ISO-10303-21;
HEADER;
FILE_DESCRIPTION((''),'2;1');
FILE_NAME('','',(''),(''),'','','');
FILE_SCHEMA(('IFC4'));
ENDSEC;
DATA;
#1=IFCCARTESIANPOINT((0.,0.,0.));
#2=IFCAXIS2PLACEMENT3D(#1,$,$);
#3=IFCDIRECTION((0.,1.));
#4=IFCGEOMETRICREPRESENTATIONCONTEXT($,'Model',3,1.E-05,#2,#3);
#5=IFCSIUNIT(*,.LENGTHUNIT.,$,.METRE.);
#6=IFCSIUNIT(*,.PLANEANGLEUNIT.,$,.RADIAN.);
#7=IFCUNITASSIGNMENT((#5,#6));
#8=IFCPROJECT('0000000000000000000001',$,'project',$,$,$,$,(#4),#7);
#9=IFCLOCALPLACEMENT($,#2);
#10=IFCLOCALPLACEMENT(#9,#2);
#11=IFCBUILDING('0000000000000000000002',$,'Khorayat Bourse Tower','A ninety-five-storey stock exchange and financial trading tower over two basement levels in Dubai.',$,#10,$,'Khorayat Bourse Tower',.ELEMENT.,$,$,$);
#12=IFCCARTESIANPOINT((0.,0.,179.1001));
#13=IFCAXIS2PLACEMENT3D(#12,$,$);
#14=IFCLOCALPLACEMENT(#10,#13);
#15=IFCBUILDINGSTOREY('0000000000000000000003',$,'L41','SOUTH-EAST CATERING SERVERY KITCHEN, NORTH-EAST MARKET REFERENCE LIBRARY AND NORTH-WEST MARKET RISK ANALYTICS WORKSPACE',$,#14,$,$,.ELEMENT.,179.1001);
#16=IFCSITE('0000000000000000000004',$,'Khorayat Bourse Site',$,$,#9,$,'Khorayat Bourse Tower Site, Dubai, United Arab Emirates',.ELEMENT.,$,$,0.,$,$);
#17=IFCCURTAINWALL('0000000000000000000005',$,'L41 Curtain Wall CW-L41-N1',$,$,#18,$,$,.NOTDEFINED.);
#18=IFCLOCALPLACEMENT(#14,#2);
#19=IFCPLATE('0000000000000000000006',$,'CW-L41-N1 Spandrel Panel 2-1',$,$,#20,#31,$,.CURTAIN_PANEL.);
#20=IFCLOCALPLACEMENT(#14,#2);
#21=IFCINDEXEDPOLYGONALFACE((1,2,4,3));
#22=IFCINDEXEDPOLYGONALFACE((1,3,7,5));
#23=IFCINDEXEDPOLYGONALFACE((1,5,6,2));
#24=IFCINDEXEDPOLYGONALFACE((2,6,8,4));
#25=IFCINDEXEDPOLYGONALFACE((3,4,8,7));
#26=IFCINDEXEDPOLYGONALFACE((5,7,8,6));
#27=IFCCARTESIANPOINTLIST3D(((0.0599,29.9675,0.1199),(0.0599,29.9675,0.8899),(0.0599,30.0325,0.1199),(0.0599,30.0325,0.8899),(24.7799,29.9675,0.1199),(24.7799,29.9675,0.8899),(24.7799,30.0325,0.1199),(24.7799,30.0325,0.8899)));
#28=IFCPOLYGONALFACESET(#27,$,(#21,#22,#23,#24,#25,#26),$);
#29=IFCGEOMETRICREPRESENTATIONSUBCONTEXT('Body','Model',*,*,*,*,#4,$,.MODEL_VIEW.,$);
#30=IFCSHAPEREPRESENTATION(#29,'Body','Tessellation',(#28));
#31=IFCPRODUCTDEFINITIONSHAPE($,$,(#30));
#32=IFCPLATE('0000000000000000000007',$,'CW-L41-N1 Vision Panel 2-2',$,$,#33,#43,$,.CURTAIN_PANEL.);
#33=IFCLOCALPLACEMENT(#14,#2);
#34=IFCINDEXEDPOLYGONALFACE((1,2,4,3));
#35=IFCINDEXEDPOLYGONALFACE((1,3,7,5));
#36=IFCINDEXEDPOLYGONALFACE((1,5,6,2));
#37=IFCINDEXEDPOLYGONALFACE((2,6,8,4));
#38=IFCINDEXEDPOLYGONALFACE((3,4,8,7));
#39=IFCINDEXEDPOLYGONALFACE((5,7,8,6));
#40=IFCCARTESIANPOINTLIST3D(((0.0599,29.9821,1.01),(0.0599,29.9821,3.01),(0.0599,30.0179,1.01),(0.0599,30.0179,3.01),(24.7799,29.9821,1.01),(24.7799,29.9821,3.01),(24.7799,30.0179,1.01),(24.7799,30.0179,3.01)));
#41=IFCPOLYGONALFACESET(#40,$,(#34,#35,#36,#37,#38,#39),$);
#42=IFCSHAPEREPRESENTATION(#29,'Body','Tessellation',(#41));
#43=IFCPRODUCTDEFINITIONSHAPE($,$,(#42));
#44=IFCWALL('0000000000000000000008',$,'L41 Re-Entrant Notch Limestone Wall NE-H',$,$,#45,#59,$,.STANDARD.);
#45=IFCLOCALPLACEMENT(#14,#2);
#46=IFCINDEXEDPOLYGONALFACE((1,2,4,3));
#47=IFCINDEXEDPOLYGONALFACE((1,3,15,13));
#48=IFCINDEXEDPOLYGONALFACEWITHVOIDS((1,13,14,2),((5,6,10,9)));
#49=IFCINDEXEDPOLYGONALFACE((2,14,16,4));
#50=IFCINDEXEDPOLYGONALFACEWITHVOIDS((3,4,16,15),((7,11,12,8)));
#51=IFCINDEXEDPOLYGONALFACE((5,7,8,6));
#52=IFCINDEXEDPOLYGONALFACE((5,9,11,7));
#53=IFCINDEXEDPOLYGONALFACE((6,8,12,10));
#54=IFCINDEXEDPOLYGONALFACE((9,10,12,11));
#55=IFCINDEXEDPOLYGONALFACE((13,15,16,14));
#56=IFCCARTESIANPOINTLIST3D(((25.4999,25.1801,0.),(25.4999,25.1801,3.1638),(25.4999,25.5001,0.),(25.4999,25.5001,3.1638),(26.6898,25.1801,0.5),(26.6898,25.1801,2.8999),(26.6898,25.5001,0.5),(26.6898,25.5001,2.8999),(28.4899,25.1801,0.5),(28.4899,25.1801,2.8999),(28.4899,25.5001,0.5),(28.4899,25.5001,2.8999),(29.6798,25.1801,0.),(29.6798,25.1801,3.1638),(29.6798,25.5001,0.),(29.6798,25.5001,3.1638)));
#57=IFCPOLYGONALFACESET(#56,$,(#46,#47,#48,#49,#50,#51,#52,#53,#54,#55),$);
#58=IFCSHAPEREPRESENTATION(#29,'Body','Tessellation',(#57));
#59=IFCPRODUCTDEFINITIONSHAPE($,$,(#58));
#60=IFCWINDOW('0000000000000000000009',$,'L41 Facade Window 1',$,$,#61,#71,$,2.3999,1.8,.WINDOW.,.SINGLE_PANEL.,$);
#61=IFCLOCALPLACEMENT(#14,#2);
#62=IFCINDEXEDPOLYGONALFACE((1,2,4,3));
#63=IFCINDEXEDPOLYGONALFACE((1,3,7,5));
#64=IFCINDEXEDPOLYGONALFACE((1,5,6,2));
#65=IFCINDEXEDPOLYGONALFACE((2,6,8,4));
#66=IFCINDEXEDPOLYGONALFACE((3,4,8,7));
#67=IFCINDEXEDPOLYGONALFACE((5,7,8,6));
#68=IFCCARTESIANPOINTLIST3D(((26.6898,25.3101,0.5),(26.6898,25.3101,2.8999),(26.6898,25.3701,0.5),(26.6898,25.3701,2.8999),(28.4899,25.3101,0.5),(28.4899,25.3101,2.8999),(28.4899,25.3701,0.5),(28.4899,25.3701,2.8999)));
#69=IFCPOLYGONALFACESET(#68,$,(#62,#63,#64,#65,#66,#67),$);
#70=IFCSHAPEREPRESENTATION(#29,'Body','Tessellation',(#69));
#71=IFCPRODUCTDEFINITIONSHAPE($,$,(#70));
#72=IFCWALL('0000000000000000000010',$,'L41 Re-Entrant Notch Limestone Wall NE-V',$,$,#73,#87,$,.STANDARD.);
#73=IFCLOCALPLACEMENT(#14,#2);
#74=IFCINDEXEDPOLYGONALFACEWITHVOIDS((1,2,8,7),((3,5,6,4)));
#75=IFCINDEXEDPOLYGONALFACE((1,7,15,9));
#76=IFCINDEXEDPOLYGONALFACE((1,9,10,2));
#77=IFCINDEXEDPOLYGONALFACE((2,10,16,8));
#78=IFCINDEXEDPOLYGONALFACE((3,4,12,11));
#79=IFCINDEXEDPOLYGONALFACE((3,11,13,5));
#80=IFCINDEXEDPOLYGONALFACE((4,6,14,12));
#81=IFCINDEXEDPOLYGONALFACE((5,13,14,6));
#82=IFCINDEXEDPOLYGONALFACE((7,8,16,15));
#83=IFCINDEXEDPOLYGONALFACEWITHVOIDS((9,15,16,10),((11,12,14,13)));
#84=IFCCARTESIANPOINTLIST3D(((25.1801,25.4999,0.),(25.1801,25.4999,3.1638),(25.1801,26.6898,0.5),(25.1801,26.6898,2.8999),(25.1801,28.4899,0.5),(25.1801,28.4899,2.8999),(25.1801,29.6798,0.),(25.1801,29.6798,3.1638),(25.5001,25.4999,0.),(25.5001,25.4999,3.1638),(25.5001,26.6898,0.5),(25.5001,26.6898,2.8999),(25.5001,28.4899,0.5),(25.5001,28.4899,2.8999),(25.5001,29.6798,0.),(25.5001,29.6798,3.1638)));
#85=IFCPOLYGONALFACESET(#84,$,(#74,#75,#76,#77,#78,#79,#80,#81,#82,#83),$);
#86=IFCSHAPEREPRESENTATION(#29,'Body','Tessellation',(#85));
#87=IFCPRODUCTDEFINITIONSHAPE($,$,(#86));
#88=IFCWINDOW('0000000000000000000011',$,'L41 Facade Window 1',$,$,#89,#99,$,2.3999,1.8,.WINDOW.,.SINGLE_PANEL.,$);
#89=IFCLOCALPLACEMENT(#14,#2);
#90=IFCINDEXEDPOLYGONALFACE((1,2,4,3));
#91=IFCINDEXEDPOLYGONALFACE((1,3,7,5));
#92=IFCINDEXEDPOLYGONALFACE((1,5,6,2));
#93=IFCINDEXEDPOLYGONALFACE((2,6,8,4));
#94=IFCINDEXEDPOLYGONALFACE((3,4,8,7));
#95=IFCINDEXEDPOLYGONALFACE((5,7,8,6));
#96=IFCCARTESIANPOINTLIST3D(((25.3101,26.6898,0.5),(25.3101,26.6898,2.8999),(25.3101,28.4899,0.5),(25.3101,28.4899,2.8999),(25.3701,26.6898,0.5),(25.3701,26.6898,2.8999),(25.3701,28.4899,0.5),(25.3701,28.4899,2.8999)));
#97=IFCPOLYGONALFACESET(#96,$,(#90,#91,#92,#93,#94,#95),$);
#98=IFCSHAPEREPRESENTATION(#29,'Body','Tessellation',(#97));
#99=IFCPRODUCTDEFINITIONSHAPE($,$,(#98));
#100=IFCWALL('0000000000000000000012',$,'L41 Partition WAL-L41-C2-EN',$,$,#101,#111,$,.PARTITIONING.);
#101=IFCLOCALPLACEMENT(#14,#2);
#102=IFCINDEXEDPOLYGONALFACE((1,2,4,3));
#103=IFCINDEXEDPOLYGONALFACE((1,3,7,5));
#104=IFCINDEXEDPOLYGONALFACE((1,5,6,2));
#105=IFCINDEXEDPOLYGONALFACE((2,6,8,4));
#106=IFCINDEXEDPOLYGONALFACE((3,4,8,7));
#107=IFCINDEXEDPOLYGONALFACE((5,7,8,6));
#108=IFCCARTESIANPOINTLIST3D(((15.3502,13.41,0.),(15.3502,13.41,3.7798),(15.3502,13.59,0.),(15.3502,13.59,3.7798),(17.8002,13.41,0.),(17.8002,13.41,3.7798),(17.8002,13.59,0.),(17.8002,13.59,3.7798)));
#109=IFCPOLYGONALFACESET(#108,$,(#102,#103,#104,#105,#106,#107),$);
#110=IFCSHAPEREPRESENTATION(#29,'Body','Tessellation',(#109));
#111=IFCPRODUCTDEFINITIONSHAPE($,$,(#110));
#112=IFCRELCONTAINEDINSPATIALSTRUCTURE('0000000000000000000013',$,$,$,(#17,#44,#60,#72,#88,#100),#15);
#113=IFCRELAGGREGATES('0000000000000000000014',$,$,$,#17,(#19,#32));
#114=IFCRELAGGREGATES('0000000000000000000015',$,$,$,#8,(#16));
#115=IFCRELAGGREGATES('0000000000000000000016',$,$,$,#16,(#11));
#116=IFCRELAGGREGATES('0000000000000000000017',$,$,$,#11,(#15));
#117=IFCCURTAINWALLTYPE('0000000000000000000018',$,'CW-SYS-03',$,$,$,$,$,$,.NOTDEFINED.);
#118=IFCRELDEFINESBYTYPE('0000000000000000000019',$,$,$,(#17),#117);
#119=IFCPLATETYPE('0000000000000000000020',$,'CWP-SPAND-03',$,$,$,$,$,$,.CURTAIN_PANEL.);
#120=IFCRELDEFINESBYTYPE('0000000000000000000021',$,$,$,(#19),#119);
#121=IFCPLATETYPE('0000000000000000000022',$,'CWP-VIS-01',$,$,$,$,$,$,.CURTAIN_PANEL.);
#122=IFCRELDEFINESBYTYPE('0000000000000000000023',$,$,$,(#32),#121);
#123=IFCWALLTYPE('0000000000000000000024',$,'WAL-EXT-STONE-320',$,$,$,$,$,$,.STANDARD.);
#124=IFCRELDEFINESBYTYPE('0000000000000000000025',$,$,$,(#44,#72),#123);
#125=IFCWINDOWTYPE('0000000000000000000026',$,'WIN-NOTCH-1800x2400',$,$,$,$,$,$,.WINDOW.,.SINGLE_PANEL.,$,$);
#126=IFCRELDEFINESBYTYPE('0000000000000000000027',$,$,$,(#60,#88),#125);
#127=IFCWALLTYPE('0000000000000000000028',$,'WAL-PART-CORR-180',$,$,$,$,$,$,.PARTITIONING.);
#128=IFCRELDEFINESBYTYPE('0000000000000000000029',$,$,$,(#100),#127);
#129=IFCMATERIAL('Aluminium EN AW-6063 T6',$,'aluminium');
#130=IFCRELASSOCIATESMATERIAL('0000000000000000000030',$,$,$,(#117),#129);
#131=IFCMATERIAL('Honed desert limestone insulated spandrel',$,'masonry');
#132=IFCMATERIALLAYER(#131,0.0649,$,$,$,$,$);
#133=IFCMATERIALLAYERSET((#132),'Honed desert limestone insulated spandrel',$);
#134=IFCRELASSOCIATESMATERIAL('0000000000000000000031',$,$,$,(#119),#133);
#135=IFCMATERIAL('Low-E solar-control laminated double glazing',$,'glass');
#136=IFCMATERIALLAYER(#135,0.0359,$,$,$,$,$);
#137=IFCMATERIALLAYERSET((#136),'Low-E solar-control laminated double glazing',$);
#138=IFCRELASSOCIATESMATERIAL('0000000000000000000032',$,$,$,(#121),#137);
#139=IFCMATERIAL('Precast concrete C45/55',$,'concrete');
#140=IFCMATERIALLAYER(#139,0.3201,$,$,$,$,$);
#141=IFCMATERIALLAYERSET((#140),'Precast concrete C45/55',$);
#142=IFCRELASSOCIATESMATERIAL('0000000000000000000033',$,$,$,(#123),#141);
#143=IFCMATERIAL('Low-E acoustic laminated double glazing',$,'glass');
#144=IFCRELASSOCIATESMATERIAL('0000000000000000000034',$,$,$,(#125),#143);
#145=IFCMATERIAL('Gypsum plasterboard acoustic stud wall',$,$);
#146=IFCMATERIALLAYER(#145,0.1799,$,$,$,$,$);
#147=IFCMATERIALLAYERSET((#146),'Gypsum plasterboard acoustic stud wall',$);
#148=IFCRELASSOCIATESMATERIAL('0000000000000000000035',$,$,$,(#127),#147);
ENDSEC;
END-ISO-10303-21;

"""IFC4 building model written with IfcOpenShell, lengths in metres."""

from ifc_helpers import new_model, si_unit, direction, frame, frame_2d, origin, origin_2d, place, context, subcontext, project, spatial, rectangle, extrude, source, transform, mapped, material, layer, layer_set, type_object, element, fill, aggregate, save


model = new_model("IFC4")

# Units and contexts
model_context = context("Model", 3, precision=1e-05, world=origin(), true_north=direction((0.0, 1.0)))
body_context = subcontext(model_context, "Body", "Model", "MODEL_VIEW")
ifc_project = project(units=[si_unit("LENGTHUNIT", "METRE"), si_unit("PLANEANGLEUNIT", "RADIAN")], contexts=[model_context])

# Site, building, storey
site_placement = place(None, origin())
site = spatial("IfcSite", under=ifc_project, at=site_placement, Name="Khorayat Bourse Site", LongName="Khorayat Bourse Tower Site, Dubai, United Arab Emirates", CompositionType="ELEMENT", RefElevation=0.0)
building_placement = place(site_placement, origin())
building = spatial("IfcBuilding", under=site, at=building_placement, Name="Khorayat Bourse Tower", Description="A ninety-five-storey stock exchange and financial trading tower over two basement levels in Dubai.", LongName="Khorayat Bourse Tower", CompositionType="ELEMENT")
storey_placement = place(building_placement, frame((0.0, 0.0, 179.1001)))
storey = spatial("IfcBuildingStorey", under=building, at=storey_placement, Name="L41", Description="SOUTH-EAST CATERING SERVERY KITCHEN, NORTH-EAST MARKET REFERENCE LIBRARY AND NORTH-WEST MARKET RISK ANALYTICS WORKSPACE", CompositionType="ELEMENT", Elevation=179.1001)

# Curtain wall
ifc_material_1 = material(Name="Aluminium EN AW-6063 T6", Category="aluminium")
curtain_wall_type = type_object("IfcCurtainWallType", Name="CW-SYS-03", PredefinedType="NOTDEFINED", material=ifc_material_1)
curtain_wall_1_placement = place(storey_placement, origin())
curtain_wall_1 = element("IfcCurtainWall", 1, at=curtain_wall_1_placement, inside=storey, type_object=curtain_wall_type, Name="L41 Curtain Wall CW-L41-N1", PredefinedType="NOTDEFINED")

# Plates
ifc_material_2 = material(Name="Honed desert limestone insulated spandrel", Category="masonry")
ifc_layer_1 = layer(ifc_material_2, 0.0649)
ifc_layer_set_1 = layer_set([ifc_layer_1], Name="Honed desert limestone insulated spandrel")
plate_type_1 = type_object("IfcPlateType", Name="CWP-SPAND-03", PredefinedType="CURTAIN_PANEL", material=ifc_layer_set_1)
shared_shape_1 = source(origin(), body_context, "Body", "SweptSolid", [
    extrude(rectangle(XDim=24.72, YDim=0.0649, at=origin_2d()), origin(), (0.0, 0.0, 1.0), 0.77),
])
plate_1_placement = place(storey_placement, frame((12.4199, 30.0, 0.1199), z_axis=(0.0, 0.0, 1.0), x_axis=(1.0, 0.0, 0.0)))
plate_1 = element("IfcPlate", 2, at=plate_1_placement, type_object=plate_type_1, Name="CW-L41-N1 Spandrel Panel 2-1", PredefinedType="CURTAIN_PANEL", context=body_context, shape_type="MappedRepresentation", body=[
    mapped(shared_shape_1, transform((0.0, 0.0, 0.0), scale=1.0)),
])
ifc_material_3 = material(Name="Low-E solar-control laminated double glazing", Category="glass")
ifc_layer_2 = layer(ifc_material_3, 0.0359)
ifc_layer_set_2 = layer_set([ifc_layer_2], Name="Low-E solar-control laminated double glazing")
plate_type_2 = type_object("IfcPlateType", Name="CWP-VIS-01", PredefinedType="CURTAIN_PANEL", material=ifc_layer_set_2)
shared_shape_2 = source(origin(), body_context, "Body", "SweptSolid", [
    extrude(rectangle(XDim=24.72, YDim=0.0359, at=origin_2d()), origin(), (0.0, 0.0, 1.0), 2.0),
])
plate_2_placement = place(storey_placement, frame((12.4199, 30.0, 1.01), z_axis=(0.0, 0.0, 1.0), x_axis=(1.0, 0.0, 0.0)))
plate_2 = element("IfcPlate", 3, at=plate_2_placement, type_object=plate_type_2, Name="CW-L41-N1 Vision Panel 2-2", PredefinedType="CURTAIN_PANEL", context=body_context, shape_type="MappedRepresentation", body=[
    mapped(shared_shape_2, transform((0.0, 0.0, 0.0), scale=1.0)),
])
aggregate(curtain_wall_1, [plate_1, plate_2])

# Walls, openings, windows
ifc_material_4 = material(Name="Precast concrete C45/55", Category="concrete")
ifc_layer_3 = layer(ifc_material_4, 0.3201)
ifc_layer_set_3 = layer_set([ifc_layer_3], Name="Precast concrete C45/55")
wall_type_1 = type_object("IfcWallType", Name="WAL-EXT-STONE-320", PredefinedType="STANDARD", material=ifc_layer_set_3)
shared_shape_3 = source(origin(), body_context, "Body", "SweptSolid", [
    extrude(rectangle(XDim=4.1799, YDim=0.3201, at=frame_2d((2.0898, 0.0))), origin(), (0.0, 0.0, 1.0), 3.1638),
])
wall_1_placement = place(storey_placement, frame((25.5, 25.3401, 0.0), z_axis=(0.0, 0.0, 1.0), x_axis=(1.0, 0.0, 0.0)))
wall_1 = element("IfcWall", 4, at=wall_1_placement, inside=storey, type_object=wall_type_1, Name="L41 Re-Entrant Notch Limestone Wall NE-H", PredefinedType="STANDARD", context=body_context, shape_type="MappedRepresentation", body=[
    mapped(shared_shape_3, transform((0.0, 0.0, 0.0), scale=1.0)),
])
shared_shape_4 = source(origin(), body_context, "Body", "SweptSolid", [
    extrude(rectangle(XDim=1.8, YDim=2.3999, at=frame_2d((0.8999, 1.2))), frame((0.0, 0.1699, 0.0), z_axis=(0.0, -1.0, 0.0), x_axis=(1.0, 0.0, 0.0)), (0.0, 0.0, 1.0), 0.3401),
])
opening_1_placement = place(wall_1_placement, frame((1.1899, 0.0, 0.5)))
opening_1 = element("IfcOpeningElement", 5, at=opening_1_placement, cuts=wall_1, PredefinedType="OPENING", context=body_context, shape_type="MappedRepresentation", body=[
    mapped(shared_shape_4, transform((0.0, 0.0, 0.0), scale=1.0)),
])
ifc_material_5 = material(Name="Low-E acoustic laminated double glazing", Category="glass")
window_type = type_object("IfcWindowType", Name="WIN-NOTCH-1800x2400", PartitioningType="SINGLE_PANEL", PredefinedType="WINDOW", material=ifc_material_5)
shared_shape_5 = source(origin(), body_context, "Body", "SweptSolid", [
    extrude(rectangle(XDim=1.8, YDim=2.3999, at=frame_2d((0.8999, 1.2))), frame((0.0, 0.03, 0.0), z_axis=(0.0, -1.0, 0.0), x_axis=(1.0, 0.0, 0.0)), (0.0, 0.0, 1.0), 0.0601),
])
window_1_placement = place(opening_1_placement, origin())
window_1 = element("IfcWindow", 6, at=window_1_placement, inside=storey, type_object=window_type, Name="L41 Facade Window 1", OverallHeight=2.3999, OverallWidth=1.8, PartitioningType="SINGLE_PANEL", PredefinedType="WINDOW", context=body_context, shape_type="MappedRepresentation", body=[
    mapped(shared_shape_5, transform((0.0, 0.0, 0.0), scale=1.0)),
])
fill(opening_1, window_1)
wall_2_placement = place(storey_placement, frame((25.3401, 25.5, 0.0), z_axis=(0.0, 0.0, 1.0), x_axis=(0.0, 1.0, 0.0)))
wall_2 = element("IfcWall", 7, at=wall_2_placement, inside=storey, type_object=wall_type_1, Name="L41 Re-Entrant Notch Limestone Wall NE-V", PredefinedType="STANDARD", context=body_context, shape_type="MappedRepresentation", body=[
    mapped(shared_shape_3, transform((0.0, 0.0, 0.0), scale=1.0)),
])
opening_2_placement = place(wall_2_placement, frame((1.1899, 0.0, 0.5)))
opening_2 = element("IfcOpeningElement", 8, at=opening_2_placement, cuts=wall_2, PredefinedType="OPENING", context=body_context, shape_type="MappedRepresentation", body=[
    mapped(shared_shape_4, transform((0.0, 0.0, 0.0), scale=1.0)),
])
window_2_placement = place(opening_2_placement, origin())
window_2 = element("IfcWindow", 9, at=window_2_placement, inside=storey, type_object=window_type, Name="L41 Facade Window 1", OverallHeight=2.3999, OverallWidth=1.8, PartitioningType="SINGLE_PANEL", PredefinedType="WINDOW", context=body_context, shape_type="MappedRepresentation", body=[
    mapped(shared_shape_5, transform((0.0, 0.0, 0.0), scale=1.0)),
])
fill(opening_2, window_2)

# Wall
ifc_material_6 = material(Name="Gypsum plasterboard acoustic stud wall")
ifc_layer_4 = layer(ifc_material_6, 0.1799)
ifc_layer_set_4 = layer_set([ifc_layer_4], Name="Gypsum plasterboard acoustic stud wall")
wall_type_2 = type_object("IfcWallType", Name="WAL-PART-CORR-180", PredefinedType="PARTITIONING", material=ifc_layer_set_4)
shared_shape_6 = source(origin(), body_context, "Body", "SweptSolid", [
    extrude(rectangle(XDim=2.45, YDim=0.1799, at=frame_2d((1.2251, 0.0))), origin(), (0.0, 0.0, 1.0), 3.7798),
])
wall_3_placement = place(storey_placement, frame((15.3501, 13.5, 0.0), z_axis=(0.0, 0.0, 1.0), x_axis=(1.0, 0.0, 0.0)))
element("IfcWall", 10, at=wall_3_placement, inside=storey, type_object=wall_type_2, Name="L41 Partition WAL-L41-C2-EN", PredefinedType="PARTITIONING", context=body_context, shape_type="MappedRepresentation", body=[
    mapped(shared_shape_6, transform((0.0, 0.0, 0.0), scale=1.0)),
])

save(model, "model.ifc")
